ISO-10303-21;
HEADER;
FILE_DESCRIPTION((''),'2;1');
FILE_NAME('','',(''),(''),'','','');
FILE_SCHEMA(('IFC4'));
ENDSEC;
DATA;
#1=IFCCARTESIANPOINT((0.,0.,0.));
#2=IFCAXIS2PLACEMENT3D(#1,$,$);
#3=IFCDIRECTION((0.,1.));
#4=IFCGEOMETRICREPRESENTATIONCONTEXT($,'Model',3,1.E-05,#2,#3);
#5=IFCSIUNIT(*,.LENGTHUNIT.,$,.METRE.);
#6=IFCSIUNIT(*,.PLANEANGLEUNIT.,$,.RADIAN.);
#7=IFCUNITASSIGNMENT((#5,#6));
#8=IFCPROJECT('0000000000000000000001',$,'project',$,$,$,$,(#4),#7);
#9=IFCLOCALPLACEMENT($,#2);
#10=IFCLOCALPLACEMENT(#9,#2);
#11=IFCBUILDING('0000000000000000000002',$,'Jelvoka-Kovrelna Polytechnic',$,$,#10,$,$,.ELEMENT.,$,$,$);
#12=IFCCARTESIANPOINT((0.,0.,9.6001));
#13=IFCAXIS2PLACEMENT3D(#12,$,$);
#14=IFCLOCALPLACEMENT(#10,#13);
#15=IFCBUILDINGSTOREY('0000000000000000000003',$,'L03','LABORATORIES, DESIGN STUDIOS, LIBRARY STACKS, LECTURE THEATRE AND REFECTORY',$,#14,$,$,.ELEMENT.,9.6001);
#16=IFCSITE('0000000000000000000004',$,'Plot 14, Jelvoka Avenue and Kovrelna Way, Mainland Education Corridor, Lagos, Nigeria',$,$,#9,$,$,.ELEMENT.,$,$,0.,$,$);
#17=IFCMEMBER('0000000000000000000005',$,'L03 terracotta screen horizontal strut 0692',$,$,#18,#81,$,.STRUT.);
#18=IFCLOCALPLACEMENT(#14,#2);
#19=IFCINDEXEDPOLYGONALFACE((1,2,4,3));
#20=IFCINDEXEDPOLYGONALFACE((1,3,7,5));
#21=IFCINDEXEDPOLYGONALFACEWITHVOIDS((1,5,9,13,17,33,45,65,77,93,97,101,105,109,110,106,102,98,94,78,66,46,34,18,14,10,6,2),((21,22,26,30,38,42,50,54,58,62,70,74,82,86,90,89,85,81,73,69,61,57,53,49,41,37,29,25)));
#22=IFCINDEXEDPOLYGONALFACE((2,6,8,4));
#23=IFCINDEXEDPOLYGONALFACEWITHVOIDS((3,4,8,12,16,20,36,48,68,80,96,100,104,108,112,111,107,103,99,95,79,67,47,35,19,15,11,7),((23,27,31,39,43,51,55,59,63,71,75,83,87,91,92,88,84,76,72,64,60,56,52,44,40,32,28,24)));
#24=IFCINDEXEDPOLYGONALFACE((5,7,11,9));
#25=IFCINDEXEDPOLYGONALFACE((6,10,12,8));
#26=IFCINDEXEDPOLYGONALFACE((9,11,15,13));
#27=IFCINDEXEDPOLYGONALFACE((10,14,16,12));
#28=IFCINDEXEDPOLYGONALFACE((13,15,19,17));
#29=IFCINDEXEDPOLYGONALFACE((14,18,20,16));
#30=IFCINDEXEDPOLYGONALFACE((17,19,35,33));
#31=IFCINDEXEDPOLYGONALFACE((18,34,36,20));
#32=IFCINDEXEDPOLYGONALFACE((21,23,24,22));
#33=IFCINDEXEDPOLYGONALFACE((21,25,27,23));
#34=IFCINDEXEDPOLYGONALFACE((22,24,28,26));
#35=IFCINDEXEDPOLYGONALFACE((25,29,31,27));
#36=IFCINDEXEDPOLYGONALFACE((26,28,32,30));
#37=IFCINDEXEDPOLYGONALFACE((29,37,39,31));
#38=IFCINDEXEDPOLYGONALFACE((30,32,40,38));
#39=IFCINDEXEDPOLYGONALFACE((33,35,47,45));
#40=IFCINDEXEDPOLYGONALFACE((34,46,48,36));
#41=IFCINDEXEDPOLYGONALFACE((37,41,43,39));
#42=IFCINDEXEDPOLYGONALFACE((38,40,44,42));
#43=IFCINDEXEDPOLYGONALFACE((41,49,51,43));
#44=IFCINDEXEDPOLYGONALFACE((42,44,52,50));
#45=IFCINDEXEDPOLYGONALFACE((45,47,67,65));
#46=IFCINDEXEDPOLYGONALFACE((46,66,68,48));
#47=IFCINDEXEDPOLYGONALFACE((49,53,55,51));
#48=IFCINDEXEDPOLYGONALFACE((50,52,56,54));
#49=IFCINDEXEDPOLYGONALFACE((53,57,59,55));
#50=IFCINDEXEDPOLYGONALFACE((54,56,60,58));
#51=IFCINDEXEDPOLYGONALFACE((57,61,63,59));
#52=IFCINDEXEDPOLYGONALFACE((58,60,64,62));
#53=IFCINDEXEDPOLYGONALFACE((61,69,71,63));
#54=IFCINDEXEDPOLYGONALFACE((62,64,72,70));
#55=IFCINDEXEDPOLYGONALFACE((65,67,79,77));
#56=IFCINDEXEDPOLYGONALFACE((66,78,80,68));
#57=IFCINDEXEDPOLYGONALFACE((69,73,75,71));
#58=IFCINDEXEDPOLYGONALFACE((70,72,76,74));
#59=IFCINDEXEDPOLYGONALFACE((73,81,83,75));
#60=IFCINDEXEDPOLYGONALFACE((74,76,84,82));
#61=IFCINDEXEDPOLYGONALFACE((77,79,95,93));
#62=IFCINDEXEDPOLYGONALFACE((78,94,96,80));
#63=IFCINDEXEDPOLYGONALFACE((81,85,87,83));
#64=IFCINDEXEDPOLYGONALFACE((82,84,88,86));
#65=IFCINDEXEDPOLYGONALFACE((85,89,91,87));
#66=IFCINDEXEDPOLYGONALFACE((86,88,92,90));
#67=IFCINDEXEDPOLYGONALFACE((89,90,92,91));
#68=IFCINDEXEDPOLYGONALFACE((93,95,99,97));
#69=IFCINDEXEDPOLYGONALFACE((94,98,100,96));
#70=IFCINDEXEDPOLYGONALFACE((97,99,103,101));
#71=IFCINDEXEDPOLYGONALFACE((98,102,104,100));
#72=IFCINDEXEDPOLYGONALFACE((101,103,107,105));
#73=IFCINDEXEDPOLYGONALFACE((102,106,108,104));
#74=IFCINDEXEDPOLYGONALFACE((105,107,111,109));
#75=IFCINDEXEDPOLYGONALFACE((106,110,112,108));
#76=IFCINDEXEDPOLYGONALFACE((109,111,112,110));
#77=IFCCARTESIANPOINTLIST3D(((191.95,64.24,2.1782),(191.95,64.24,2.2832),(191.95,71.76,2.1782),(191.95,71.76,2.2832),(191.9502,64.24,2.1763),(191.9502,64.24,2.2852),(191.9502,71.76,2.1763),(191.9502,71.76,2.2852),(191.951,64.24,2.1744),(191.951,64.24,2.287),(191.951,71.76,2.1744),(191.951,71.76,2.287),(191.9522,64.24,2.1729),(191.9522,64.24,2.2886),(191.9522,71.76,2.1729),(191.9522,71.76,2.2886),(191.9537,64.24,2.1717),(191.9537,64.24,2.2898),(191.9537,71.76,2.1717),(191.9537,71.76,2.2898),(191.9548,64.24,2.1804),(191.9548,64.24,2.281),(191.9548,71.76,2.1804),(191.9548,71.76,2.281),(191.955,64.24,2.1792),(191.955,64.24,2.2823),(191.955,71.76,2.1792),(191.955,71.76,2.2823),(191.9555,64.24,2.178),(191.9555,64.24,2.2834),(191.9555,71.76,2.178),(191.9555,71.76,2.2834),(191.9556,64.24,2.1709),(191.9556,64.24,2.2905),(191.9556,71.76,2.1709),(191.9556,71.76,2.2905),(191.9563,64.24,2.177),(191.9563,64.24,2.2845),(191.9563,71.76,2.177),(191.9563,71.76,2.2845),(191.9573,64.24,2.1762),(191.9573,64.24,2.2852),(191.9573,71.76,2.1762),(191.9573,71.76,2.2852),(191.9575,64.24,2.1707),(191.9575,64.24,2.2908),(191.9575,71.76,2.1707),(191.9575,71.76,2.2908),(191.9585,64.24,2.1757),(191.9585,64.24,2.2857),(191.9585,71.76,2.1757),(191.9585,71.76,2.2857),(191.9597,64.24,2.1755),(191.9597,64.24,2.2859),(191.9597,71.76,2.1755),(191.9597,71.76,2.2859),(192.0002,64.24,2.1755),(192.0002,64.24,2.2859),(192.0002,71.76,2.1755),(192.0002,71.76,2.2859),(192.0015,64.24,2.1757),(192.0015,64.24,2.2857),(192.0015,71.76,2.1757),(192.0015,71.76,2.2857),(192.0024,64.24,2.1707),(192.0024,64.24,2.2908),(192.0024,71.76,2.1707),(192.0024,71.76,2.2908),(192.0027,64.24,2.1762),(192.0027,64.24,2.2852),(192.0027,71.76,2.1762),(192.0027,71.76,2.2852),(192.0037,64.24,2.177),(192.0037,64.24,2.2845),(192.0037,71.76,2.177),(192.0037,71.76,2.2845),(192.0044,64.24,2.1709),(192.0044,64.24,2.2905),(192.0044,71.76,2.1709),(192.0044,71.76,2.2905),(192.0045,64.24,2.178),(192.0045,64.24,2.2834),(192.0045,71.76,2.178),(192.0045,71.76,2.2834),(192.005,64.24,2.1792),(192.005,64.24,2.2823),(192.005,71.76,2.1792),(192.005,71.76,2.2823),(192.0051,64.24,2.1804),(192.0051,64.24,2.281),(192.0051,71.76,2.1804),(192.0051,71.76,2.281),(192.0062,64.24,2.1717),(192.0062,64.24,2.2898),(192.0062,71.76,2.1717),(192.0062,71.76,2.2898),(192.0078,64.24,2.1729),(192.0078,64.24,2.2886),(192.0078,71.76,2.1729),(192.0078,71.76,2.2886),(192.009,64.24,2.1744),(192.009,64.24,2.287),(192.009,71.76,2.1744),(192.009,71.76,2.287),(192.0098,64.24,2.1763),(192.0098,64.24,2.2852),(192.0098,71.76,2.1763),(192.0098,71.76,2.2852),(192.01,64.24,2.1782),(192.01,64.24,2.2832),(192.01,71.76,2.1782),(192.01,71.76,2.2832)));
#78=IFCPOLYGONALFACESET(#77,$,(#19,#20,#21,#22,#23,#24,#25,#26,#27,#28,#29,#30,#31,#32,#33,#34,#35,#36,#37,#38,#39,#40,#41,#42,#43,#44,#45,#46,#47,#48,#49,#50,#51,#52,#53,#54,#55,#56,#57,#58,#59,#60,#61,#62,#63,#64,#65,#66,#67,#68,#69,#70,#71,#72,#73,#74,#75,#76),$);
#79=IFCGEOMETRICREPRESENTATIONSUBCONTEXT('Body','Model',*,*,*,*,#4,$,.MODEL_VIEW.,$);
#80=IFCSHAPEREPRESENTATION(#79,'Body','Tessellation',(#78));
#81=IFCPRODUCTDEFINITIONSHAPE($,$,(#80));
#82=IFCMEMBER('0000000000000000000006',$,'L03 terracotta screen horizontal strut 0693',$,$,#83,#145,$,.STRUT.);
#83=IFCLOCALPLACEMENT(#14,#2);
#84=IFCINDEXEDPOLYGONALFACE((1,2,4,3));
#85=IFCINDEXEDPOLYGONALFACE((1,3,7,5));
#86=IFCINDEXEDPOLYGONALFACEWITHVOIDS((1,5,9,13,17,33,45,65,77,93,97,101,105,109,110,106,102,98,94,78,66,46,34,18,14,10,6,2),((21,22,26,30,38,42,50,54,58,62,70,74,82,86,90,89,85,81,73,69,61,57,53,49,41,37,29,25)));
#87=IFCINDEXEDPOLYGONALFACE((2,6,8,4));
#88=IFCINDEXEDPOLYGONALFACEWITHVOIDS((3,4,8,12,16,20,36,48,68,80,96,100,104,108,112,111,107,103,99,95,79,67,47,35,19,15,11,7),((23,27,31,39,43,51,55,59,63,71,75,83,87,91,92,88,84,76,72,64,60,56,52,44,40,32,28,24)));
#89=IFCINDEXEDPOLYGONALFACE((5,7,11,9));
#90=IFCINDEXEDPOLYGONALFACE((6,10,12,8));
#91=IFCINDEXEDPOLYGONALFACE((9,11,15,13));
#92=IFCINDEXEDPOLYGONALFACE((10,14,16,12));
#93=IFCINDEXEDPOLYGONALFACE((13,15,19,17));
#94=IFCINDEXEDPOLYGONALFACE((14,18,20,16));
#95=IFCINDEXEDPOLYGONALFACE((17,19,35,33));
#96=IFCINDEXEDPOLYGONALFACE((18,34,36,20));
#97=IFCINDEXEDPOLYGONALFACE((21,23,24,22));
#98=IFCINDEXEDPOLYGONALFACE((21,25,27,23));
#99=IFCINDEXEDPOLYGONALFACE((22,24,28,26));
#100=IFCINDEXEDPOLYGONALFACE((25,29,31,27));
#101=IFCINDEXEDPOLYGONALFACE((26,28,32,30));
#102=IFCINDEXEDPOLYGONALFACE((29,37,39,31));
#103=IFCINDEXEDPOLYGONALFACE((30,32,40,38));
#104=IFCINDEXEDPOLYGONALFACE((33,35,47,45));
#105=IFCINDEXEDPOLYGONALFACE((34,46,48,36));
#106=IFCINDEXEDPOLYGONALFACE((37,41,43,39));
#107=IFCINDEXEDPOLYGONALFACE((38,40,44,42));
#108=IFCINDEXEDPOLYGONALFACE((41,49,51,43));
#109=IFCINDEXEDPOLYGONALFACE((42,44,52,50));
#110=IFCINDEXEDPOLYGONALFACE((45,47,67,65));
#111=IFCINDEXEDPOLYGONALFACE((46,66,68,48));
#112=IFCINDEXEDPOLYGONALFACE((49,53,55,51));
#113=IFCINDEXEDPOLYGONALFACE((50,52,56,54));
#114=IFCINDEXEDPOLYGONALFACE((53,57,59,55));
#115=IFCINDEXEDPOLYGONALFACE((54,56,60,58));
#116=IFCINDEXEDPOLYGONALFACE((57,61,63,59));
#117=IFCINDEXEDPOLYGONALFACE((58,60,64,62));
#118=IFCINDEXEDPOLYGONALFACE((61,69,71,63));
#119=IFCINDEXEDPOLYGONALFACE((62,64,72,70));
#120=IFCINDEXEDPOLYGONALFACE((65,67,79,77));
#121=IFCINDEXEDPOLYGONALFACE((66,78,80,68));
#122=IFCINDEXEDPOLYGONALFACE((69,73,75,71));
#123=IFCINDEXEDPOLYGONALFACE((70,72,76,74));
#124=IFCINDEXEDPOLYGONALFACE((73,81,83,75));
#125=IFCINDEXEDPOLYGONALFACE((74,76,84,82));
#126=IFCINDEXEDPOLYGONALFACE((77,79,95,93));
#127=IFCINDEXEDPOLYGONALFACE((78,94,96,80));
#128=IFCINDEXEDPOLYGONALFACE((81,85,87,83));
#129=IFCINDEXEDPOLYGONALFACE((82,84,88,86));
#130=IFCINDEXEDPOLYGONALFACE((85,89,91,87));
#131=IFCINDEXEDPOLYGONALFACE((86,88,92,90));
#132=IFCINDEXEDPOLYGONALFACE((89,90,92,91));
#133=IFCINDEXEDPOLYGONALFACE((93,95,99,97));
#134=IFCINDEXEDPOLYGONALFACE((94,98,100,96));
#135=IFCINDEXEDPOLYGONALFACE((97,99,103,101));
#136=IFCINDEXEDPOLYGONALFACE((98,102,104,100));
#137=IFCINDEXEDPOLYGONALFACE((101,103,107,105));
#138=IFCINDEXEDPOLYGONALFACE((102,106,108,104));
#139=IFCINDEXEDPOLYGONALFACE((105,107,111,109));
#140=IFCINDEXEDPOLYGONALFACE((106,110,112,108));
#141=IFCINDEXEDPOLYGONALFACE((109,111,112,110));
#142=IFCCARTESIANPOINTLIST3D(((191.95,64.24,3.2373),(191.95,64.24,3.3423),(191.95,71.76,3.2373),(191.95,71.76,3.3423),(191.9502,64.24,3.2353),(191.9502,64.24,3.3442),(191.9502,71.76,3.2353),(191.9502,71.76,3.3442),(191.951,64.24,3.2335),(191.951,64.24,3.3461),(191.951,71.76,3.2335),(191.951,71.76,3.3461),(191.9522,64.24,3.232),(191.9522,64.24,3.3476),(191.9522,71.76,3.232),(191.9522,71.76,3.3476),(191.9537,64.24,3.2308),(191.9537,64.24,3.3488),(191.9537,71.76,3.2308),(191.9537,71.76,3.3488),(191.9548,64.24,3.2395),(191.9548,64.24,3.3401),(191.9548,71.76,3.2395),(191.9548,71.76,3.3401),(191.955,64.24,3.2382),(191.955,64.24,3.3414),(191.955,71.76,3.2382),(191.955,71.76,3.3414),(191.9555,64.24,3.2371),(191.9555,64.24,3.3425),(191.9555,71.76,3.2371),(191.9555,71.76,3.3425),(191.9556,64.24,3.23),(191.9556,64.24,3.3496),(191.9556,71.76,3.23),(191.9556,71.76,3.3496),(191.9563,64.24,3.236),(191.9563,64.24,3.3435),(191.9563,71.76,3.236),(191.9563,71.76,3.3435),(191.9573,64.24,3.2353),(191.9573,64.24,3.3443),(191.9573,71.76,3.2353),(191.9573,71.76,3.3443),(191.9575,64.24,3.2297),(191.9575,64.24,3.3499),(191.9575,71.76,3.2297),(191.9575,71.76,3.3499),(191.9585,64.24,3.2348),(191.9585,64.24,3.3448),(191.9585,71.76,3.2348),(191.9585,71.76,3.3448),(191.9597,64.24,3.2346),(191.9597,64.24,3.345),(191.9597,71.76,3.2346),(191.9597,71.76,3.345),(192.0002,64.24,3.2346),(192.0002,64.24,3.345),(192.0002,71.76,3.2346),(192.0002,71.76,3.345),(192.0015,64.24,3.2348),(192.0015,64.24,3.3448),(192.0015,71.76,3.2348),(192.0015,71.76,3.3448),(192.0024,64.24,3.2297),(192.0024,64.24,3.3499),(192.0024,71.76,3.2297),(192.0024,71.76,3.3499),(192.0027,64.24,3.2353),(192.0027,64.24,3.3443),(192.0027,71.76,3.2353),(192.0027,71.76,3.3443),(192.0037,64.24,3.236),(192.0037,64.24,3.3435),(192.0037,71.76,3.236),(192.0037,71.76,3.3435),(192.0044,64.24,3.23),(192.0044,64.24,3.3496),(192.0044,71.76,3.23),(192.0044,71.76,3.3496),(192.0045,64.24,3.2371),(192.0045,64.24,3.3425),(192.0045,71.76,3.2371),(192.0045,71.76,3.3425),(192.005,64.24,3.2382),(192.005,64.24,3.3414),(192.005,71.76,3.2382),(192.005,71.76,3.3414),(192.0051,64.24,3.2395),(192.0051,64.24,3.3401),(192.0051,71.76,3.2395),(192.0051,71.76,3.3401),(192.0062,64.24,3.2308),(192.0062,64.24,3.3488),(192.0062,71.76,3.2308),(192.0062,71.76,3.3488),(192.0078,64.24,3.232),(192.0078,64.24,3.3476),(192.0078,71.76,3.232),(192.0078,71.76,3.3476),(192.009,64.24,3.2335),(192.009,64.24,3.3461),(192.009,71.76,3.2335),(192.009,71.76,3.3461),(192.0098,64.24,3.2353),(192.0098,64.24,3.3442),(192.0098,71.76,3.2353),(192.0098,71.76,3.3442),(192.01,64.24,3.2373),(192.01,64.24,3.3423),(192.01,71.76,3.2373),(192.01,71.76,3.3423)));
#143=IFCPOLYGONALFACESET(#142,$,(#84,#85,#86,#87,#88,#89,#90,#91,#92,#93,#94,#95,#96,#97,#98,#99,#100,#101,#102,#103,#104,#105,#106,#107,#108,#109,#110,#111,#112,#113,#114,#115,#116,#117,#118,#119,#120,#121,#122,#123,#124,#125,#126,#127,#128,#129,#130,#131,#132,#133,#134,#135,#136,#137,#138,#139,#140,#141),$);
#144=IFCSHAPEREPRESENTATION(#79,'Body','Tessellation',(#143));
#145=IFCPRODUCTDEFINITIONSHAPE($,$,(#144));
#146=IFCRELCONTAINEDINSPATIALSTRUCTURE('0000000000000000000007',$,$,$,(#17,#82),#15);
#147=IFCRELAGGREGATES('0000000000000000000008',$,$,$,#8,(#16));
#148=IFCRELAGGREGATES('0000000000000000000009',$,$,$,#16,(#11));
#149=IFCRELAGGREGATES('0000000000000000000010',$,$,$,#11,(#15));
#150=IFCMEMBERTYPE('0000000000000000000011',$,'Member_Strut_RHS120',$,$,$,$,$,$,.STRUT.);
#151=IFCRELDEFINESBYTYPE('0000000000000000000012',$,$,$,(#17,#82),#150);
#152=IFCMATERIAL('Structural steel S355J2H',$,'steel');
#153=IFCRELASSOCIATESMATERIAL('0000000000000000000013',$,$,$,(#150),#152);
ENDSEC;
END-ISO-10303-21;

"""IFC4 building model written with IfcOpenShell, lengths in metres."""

from ifc_helpers import new_model, si_unit, direction, frame, origin, origin_2d, place, context, subcontext, project, spatial, hollow_rectangle, extrude, material, material_profile, profile_set, type_object, element, save


model = new_model("IFC4")

# Units and contexts
model_context = context("Model", 3, precision=1e-05, world=origin(), true_north=direction((0.0, 1.0)))
body_context = subcontext(model_context, "Body", "Model", "MODEL_VIEW")
ifc_project = project(units=[si_unit("LENGTHUNIT", "METRE"), si_unit("PLANEANGLEUNIT", "RADIAN")], contexts=[model_context])

# Site, building, storey
site_placement = place(None, origin())
site = spatial("IfcSite", under=ifc_project, at=site_placement, Name="Plot 14, Jelvoka Avenue and Kovrelna Way, Mainland Education Corridor, Lagos, Nigeria", CompositionType="ELEMENT", RefElevation=0.0)
building_placement = place(site_placement, origin())
building = spatial("IfcBuilding", under=site, at=building_placement, Name="Jelvoka-Kovrelna Polytechnic", CompositionType="ELEMENT")
storey_placement = place(building_placement, frame((0.0, 0.0, 9.6001)))
storey = spatial("IfcBuildingStorey", under=building, at=storey_placement, Name="L03", Description="LABORATORIES, DESIGN STUDIOS, LIBRARY STACKS, LECTURE THEATRE AND REFECTORY", CompositionType="ELEMENT", Elevation=9.6001)

# Members
ifc_material_1 = material(Name="Structural steel S355J2H", Category="steel")
ifc_material_profile_1 = material_profile(ifc_material_1, hollow_rectangle(XDim=0.0601, YDim=0.1201, WallThickness=0.0049, InnerFilletRadius=0.0049, OuterFilletRadius=0.0076, at=origin_2d()), Name="120x60x5.0 RHS")
ifc_profile_set_1 = profile_set([ifc_material_profile_1], Name="Structural steel S355J2H")
member_type_1 = type_object("IfcMemberType", Name="Member_Strut_RHS120", PredefinedType="STRUT", material=ifc_profile_set_1)
for number, where, z_axis, x_axis, name in (
    (1, (191.98, 64.24, 2.2307), (0.0, 1.0, 0.0), (-1.0, 0.0, 0.0), "L03 terracotta screen horizontal strut 0692"),
    (2, (191.98, 64.24, 3.2898), (0.0, 1.0, 0.0), (-1.0, 0.0, 0.0), "L03 terracotta screen horizontal strut 0693"),
):
    element("IfcMember", number, at=place(storey_placement, frame(where, z_axis=z_axis, x_axis=x_axis)), inside=storey, type_object=member_type_1, Name=name, PredefinedType="STRUT", context=body_context, shape_type="SweptSolid", body=[
        extrude(hollow_rectangle(XDim=0.0601, YDim=0.1201, WallThickness=0.0049, InnerFilletRadius=0.0049, OuterFilletRadius=0.0076, at=origin_2d()), origin(), (0.0, 0.0, 1.0), 7.52),
    ])

save(model, "model.ifc")
